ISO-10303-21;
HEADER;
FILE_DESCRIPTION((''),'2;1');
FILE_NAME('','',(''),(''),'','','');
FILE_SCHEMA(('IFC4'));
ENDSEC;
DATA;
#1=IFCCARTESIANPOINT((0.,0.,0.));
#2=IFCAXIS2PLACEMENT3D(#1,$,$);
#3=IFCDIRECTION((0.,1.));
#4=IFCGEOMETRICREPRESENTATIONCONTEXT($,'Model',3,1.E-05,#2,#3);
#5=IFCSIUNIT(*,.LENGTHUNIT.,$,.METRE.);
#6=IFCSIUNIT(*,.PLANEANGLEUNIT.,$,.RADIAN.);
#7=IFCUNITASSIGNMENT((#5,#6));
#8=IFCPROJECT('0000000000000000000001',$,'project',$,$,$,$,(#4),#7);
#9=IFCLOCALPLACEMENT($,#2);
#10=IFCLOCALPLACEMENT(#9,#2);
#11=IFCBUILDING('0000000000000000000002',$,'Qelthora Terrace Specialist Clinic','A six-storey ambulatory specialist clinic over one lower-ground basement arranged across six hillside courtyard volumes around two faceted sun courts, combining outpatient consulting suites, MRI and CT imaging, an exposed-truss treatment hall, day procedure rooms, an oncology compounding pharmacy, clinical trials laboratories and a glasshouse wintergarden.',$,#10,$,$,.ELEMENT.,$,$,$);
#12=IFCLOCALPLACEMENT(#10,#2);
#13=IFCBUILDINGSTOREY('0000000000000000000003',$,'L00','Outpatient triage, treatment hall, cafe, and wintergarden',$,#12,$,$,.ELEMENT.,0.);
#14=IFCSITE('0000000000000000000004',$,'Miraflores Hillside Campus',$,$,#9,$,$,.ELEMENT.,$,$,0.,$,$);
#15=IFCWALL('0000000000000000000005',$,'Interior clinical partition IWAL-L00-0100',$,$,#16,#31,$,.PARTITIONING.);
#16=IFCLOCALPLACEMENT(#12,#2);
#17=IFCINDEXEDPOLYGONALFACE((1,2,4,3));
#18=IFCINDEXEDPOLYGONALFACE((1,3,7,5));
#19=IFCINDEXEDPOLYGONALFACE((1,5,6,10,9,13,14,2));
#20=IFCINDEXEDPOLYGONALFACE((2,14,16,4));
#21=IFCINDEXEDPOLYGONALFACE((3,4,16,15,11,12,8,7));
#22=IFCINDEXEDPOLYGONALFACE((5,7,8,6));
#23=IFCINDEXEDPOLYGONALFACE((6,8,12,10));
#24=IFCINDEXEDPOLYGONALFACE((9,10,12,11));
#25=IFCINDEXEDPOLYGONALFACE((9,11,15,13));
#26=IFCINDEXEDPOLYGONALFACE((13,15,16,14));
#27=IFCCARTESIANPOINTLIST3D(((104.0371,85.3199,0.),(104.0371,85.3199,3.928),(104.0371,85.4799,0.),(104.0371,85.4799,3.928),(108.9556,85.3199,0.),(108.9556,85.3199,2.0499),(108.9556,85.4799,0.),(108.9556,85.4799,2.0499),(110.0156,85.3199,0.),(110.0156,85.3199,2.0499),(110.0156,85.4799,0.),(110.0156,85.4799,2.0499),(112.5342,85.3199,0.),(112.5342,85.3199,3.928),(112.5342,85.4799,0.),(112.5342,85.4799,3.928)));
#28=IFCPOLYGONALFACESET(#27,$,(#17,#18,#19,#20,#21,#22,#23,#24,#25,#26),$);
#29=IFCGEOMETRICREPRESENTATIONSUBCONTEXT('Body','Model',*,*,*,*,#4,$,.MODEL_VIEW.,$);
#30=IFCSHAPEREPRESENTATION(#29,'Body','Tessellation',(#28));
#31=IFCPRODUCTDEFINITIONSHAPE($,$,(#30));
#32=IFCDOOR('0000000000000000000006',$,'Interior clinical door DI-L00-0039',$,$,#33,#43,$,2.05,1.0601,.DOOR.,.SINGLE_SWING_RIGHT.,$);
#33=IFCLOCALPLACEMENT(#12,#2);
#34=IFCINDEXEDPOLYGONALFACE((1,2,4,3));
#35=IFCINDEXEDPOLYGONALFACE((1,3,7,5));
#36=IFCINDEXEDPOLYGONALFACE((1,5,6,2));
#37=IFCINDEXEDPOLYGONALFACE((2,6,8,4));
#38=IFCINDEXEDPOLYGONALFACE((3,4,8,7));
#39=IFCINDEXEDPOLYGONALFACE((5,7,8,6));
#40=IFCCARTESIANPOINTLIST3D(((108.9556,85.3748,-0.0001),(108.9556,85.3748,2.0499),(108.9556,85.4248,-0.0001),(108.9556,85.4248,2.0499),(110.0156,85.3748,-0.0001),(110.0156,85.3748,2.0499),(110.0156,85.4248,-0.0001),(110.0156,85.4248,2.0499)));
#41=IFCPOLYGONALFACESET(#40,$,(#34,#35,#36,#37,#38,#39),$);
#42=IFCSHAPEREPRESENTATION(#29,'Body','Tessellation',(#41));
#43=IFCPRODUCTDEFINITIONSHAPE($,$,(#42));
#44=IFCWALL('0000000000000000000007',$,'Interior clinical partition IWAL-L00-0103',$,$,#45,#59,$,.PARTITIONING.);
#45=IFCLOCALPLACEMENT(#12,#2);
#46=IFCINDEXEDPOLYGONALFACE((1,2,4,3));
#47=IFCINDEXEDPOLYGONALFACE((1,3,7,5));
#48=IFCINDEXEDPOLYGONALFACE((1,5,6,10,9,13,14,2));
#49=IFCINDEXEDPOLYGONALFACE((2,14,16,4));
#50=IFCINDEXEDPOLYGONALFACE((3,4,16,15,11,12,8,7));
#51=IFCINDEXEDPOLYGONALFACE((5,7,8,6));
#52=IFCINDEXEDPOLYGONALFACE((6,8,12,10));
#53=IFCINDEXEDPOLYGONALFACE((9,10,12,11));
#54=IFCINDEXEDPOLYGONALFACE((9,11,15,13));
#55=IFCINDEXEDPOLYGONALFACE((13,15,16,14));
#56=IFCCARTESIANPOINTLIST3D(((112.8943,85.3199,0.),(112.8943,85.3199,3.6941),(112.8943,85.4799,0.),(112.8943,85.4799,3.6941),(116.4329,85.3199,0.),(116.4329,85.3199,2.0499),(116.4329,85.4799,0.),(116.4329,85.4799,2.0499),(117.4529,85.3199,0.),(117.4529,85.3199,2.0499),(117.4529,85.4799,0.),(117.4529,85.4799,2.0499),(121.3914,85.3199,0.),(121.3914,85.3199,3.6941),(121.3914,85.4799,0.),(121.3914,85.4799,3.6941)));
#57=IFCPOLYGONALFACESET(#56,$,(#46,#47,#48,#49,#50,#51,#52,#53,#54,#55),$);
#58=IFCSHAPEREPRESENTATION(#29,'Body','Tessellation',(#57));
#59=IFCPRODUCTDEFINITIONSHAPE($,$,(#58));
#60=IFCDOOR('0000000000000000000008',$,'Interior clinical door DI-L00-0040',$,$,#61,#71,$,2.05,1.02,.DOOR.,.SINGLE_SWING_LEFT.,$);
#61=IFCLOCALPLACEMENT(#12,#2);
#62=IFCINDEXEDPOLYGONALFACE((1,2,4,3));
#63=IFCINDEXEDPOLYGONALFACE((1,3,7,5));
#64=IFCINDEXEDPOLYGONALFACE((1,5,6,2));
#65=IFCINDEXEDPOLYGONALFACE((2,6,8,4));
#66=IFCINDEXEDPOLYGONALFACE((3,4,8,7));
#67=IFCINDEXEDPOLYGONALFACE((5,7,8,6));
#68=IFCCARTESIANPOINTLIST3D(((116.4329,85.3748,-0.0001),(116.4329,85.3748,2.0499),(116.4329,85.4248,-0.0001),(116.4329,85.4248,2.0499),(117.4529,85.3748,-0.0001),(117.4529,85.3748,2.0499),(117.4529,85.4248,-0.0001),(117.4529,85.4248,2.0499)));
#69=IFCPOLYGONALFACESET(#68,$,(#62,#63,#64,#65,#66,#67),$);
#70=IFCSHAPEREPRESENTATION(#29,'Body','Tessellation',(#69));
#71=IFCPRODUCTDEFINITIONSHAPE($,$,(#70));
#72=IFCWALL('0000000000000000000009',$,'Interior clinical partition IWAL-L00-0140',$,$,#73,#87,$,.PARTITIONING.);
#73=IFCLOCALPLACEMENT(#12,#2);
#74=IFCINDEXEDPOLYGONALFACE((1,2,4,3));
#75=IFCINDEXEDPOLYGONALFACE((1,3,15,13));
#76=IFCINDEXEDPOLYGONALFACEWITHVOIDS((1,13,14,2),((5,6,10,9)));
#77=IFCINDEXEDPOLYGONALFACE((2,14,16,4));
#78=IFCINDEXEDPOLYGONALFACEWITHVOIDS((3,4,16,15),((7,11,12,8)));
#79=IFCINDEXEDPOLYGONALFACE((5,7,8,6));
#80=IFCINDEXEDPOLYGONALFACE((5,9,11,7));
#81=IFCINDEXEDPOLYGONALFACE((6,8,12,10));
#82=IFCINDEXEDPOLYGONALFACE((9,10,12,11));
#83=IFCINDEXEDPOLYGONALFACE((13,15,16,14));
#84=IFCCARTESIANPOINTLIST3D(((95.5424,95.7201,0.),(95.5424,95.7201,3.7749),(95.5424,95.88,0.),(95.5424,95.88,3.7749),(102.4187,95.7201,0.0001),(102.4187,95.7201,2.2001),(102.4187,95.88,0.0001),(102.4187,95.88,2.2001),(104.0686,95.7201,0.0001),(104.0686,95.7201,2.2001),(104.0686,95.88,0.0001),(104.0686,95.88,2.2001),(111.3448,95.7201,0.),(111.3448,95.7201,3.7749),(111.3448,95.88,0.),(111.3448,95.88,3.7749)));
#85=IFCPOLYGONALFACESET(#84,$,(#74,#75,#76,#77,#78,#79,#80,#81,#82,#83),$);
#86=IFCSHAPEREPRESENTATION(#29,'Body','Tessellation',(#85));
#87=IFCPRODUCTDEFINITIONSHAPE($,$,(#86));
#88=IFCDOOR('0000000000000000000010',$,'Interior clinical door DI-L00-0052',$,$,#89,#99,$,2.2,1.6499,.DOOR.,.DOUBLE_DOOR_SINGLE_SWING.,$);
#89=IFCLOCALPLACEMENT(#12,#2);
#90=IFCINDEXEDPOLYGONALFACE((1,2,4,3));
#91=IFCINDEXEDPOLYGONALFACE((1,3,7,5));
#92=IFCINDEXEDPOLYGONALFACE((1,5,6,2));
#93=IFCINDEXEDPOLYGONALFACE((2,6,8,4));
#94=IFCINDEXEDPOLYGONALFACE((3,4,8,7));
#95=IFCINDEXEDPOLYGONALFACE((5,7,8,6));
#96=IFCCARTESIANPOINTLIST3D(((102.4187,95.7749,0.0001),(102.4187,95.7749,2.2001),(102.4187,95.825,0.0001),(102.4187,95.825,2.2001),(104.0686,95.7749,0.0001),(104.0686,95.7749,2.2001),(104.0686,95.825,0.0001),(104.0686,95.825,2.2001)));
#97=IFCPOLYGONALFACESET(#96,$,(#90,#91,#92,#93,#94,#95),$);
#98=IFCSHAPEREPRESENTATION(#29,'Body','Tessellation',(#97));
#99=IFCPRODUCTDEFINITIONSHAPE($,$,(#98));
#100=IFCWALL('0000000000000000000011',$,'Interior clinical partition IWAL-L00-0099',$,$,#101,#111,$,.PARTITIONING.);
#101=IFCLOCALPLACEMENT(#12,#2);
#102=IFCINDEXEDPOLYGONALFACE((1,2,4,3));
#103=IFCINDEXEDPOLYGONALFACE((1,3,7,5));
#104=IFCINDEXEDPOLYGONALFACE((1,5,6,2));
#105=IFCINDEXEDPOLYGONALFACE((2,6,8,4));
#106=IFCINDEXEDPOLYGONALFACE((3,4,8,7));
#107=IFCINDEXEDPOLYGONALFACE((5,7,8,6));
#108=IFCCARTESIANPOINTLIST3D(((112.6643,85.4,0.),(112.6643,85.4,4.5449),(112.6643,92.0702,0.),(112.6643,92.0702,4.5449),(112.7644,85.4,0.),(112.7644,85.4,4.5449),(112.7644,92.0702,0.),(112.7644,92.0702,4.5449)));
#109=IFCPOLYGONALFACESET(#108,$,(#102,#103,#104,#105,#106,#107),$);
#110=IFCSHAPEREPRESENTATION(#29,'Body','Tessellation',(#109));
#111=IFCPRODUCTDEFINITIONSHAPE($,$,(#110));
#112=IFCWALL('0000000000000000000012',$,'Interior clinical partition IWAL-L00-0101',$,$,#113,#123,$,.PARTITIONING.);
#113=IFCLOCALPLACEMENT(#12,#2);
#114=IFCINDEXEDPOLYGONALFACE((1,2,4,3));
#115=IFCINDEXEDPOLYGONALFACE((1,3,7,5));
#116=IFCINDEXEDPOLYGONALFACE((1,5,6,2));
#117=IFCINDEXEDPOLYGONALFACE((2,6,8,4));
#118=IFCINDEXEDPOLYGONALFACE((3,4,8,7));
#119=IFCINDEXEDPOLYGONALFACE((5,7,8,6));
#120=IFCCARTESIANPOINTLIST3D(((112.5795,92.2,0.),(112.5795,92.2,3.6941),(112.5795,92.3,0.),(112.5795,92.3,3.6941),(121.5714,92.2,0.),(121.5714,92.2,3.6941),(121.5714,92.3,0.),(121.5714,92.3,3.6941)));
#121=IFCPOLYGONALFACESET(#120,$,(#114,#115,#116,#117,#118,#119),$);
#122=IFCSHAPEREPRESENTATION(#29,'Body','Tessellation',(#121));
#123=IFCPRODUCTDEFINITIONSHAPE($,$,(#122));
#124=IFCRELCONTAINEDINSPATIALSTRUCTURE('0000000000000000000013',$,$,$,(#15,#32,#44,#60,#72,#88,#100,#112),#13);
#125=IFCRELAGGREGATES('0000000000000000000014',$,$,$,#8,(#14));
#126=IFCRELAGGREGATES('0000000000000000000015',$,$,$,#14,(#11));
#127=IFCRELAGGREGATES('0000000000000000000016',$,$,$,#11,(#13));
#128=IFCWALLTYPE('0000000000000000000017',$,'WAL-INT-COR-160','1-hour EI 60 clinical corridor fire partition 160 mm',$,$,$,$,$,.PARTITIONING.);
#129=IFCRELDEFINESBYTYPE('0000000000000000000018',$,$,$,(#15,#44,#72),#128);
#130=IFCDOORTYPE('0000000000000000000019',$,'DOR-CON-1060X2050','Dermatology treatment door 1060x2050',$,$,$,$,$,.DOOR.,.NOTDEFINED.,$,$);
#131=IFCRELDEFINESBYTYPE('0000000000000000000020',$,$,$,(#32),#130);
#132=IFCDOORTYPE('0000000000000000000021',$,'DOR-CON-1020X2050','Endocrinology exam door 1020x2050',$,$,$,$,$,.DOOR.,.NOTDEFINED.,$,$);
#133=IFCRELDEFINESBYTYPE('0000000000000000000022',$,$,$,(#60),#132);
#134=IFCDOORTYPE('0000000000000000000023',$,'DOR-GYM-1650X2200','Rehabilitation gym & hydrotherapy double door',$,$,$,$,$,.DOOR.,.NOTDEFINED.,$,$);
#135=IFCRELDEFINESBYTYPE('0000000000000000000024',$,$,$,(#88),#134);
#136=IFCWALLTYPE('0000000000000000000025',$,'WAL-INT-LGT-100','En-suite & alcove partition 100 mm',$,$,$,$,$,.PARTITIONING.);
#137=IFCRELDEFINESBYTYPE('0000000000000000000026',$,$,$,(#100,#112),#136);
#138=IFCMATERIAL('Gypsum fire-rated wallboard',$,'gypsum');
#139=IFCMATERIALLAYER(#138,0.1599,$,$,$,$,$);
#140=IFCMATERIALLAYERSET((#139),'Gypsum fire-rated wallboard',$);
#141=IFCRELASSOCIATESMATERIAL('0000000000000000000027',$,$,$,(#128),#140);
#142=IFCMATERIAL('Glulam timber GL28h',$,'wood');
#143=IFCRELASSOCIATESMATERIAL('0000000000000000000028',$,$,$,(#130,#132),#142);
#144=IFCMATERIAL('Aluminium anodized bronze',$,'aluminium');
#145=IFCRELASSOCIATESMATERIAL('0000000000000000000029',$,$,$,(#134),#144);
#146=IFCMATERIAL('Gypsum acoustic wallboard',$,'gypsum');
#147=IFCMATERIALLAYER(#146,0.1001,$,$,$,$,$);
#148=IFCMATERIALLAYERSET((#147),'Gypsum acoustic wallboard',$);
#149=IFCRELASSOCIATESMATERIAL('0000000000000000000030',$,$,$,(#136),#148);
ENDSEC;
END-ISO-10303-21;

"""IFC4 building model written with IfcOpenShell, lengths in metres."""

from ifc_helpers import new_model, si_unit, direction, frame, frame_2d, origin, place, context, subcontext, project, spatial, rectangle, extrude, material, layer, layer_set, type_object, element, fill, save


model = new_model("IFC4")

# Units and contexts
model_context = context("Model", 3, precision=1e-05, world=origin(), true_north=direction((0.0, 1.0)))
body_context = subcontext(model_context, "Body", "Model", "MODEL_VIEW")
ifc_project = project(units=[si_unit("LENGTHUNIT", "METRE"), si_unit("PLANEANGLEUNIT", "RADIAN")], contexts=[model_context])

# Site, building, storey
site_placement = place(None, origin())
site = spatial("IfcSite", under=ifc_project, at=site_placement, Name="Miraflores Hillside Campus", CompositionType="ELEMENT", RefElevation=0.0)
building_placement = place(site_placement, origin())
building = spatial("IfcBuilding", under=site, at=building_placement, Name="Qelthora Terrace Specialist Clinic", Description="A six-storey ambulatory specialist clinic over one lower-ground basement arranged across six hillside courtyard volumes around two faceted sun courts, combining outpatient consulting suites, MRI and CT imaging, an exposed-truss treatment hall, day procedure rooms, an oncology compounding pharmacy, clinical trials laboratories and a glasshouse wintergarden.", CompositionType="ELEMENT")
storey_placement = place(building_placement, origin())
storey = spatial("IfcBuildingStorey", under=building, at=storey_placement, Name="L00", Description="Outpatient triage, treatment hall, cafe, and wintergarden", CompositionType="ELEMENT", Elevation=0.0)

# Shared definitions
ifc_material_1 = material(Name="Gypsum acoustic wallboard", Category="gypsum")

# Walls, openings, doors
ifc_material_2 = material(Name="Gypsum fire-rated wallboard", Category="gypsum")
ifc_layer_1 = layer(ifc_material_2, 0.1599)
ifc_layer_set_1 = layer_set([ifc_layer_1], Name="Gypsum fire-rated wallboard")
wall_type_1 = type_object("IfcWallType", Name="WAL-INT-COR-160", Description="1-hour EI 60 clinical corridor fire partition 160 mm", PredefinedType="PARTITIONING", material=ifc_layer_set_1)
wall_1_placement = place(storey_placement, frame((112.5342, 85.3999, 0.0), z_axis=(0.0, 0.0, 1.0), x_axis=(-1.0, 0.0, 0.0)))
wall_1 = element("IfcWall", 1, at=wall_1_placement, inside=storey, type_object=wall_type_1, Name="Interior clinical partition IWAL-L00-0100", PredefinedType="PARTITIONING", context=body_context, shape_type="SweptSolid", body=[
    extrude(rectangle(XDim=8.4971, YDim=0.1599, at=frame_2d((4.2485, 0.0))), origin(), (0.0, 0.0, 1.0), 3.928),
])
opening_1_placement = place(wall_1_placement, frame((2.5186, 0.0, 0.0)))
opening_1 = element("IfcOpeningElement", 2, at=opening_1_placement, cuts=wall_1, PredefinedType="OPENING", context=body_context, shape_type="SweptSolid", body=[
    extrude(rectangle(XDim=1.0601, YDim=2.05, at=frame_2d((0.53, 1.0249))), frame((0.0, 0.0898, 0.0), z_axis=(0.0, -1.0, 0.0), x_axis=(1.0, 0.0, 0.0)), (0.0, 0.0, 1.0), 0.1799),
])
ifc_material_3 = material(Name="Glulam timber GL28h", Category="wood")
door_type_1 = type_object("IfcDoorType", Name="DOR-CON-1060X2050", Description="Dermatology treatment door 1060x2050", OperationType="NOTDEFINED", PredefinedType="DOOR", material=ifc_material_3)
door_1_placement = place(opening_1_placement, frame((1.0601, 0.0, 0.0), z_axis=(0.0, 0.0, 1.0), x_axis=(-1.0, 0.0, 0.0)))
door_1 = element("IfcDoor", 3, at=door_1_placement, inside=storey, type_object=door_type_1, Name="Interior clinical door DI-L00-0039", OperationType="SINGLE_SWING_RIGHT", OverallHeight=2.05, OverallWidth=1.0601, PredefinedType="DOOR", context=body_context, shape_type="SweptSolid", body=[
    extrude(rectangle(XDim=1.0601, YDim=2.05, at=frame_2d((0.53, 1.0249))), frame((0.0, 0.0249, 0.0), z_axis=(0.0, -1.0, 0.0), x_axis=(1.0, 0.0, 0.0)), (0.0, 0.0, 1.0), 0.05),
])
fill(opening_1, door_1)
wall_2_placement = place(storey_placement, frame((121.3914, 85.3999, 0.0), z_axis=(0.0, 0.0, 1.0), x_axis=(-1.0, 0.0, 0.0)))
wall_2 = element("IfcWall", 4, at=wall_2_placement, inside=storey, type_object=wall_type_1, Name="Interior clinical partition IWAL-L00-0103", PredefinedType="PARTITIONING", context=body_context, shape_type="SweptSolid", body=[
    extrude(rectangle(XDim=8.4971, YDim=0.1599, at=frame_2d((4.2485, 0.0))), origin(), (0.0, 0.0, 1.0), 3.6941),
])
opening_2_placement = place(wall_2_placement, frame((3.9385, 0.0, 0.0)))
opening_2 = element("IfcOpeningElement", 5, at=opening_2_placement, cuts=wall_2, PredefinedType="OPENING", context=body_context, shape_type="SweptSolid", body=[
    extrude(rectangle(XDim=1.02, YDim=2.05, at=frame_2d((0.51, 1.0249))), frame((0.0, 0.0898, 0.0), z_axis=(0.0, -1.0, 0.0), x_axis=(1.0, 0.0, 0.0)), (0.0, 0.0, 1.0), 0.1799),
])
door_type_2 = type_object("IfcDoorType", Name="DOR-CON-1020X2050", Description="Endocrinology exam door 1020x2050", OperationType="NOTDEFINED", PredefinedType="DOOR", material=ifc_material_3)
door_2_placement = place(opening_2_placement, frame((1.02, 0.0, 0.0), z_axis=(0.0, 0.0, 1.0), x_axis=(-1.0, 0.0, 0.0)))
door_2 = element("IfcDoor", 6, at=door_2_placement, inside=storey, type_object=door_type_2, Name="Interior clinical door DI-L00-0040", OperationType="SINGLE_SWING_LEFT", OverallHeight=2.05, OverallWidth=1.02, PredefinedType="DOOR", context=body_context, shape_type="SweptSolid", body=[
    extrude(rectangle(XDim=1.02, YDim=2.05, at=frame_2d((0.51, 1.0249))), frame((0.0, 0.0249, 0.0), z_axis=(0.0, -1.0, 0.0), x_axis=(1.0, 0.0, 0.0)), (0.0, 0.0, 1.0), 0.05),
])
fill(opening_2, door_2)
wall_3_placement = place(storey_placement, frame((111.345, 95.8, 0.0), z_axis=(0.0, 0.0, 1.0), x_axis=(-1.0, 0.0, 0.0)))
wall_3 = element("IfcWall", 7, at=wall_3_placement, inside=storey, type_object=wall_type_1, Name="Interior clinical partition IWAL-L00-0140", PredefinedType="PARTITIONING", context=body_context, shape_type="SweptSolid", body=[
    extrude(rectangle(XDim=15.8025, YDim=0.1599, at=frame_2d((7.9014, 0.0))), origin(), (0.0, 0.0, 1.0), 3.7749),
])
opening_3_placement = place(wall_3_placement, frame((7.2764, 0.0, 0.0)))
opening_3 = element("IfcOpeningElement", 8, at=opening_3_placement, cuts=wall_3, PredefinedType="OPENING", context=body_context, shape_type="SweptSolid", body=[
    extrude(rectangle(XDim=1.6499, YDim=2.2, at=frame_2d((0.825, 1.1001))), frame((0.0, 0.0898, 0.0), z_axis=(0.0, -1.0, 0.0), x_axis=(1.0, 0.0, 0.0)), (0.0, 0.0, 1.0), 0.1799),
])
ifc_material_4 = material(Name="Aluminium anodized bronze", Category="aluminium")
door_type_3 = type_object("IfcDoorType", Name="DOR-GYM-1650X2200", Description="Rehabilitation gym & hydrotherapy double door", OperationType="NOTDEFINED", PredefinedType="DOOR", material=ifc_material_4)
door_3_placement = place(opening_3_placement, frame((1.6499, 0.0, 0.0), z_axis=(0.0, 0.0, 1.0), x_axis=(-1.0, 0.0, 0.0)))
door_3 = element("IfcDoor", 9, at=door_3_placement, inside=storey, type_object=door_type_3, Name="Interior clinical door DI-L00-0052", OperationType="DOUBLE_DOOR_SINGLE_SWING", OverallHeight=2.2, OverallWidth=1.6499, PredefinedType="DOOR", context=body_context, shape_type="SweptSolid", body=[
    extrude(rectangle(XDim=1.6499, YDim=2.2, at=frame_2d((0.825, 1.1001))), frame((0.0, 0.0249, 0.0), z_axis=(0.0, -1.0, 0.0), x_axis=(1.0, 0.0, 0.0)), (0.0, 0.0, 1.0), 0.05),
])
fill(opening_3, door_3)

# Walls
ifc_layer_2 = layer(ifc_material_1, 0.1001)
ifc_layer_set_2 = layer_set([ifc_layer_2], Name="Gypsum acoustic wallboard")
wall_type_2 = type_object("IfcWallType", Name="WAL-INT-LGT-100", Description="En-suite & alcove partition 100 mm", PredefinedType="PARTITIONING", material=ifc_layer_set_2)
wall_4_placement = place(storey_placement, frame((112.7144, 92.0701, 0.0), z_axis=(0.0, 0.0, 1.0), x_axis=(0.0, -1.0, 0.0)))
element("IfcWall", 10, at=wall_4_placement, inside=storey, type_object=wall_type_2, Name="Interior clinical partition IWAL-L00-0099", PredefinedType="PARTITIONING", context=body_context, shape_type="SweptSolid", body=[
    extrude(rectangle(XDim=6.6702, YDim=0.1001, at=frame_2d((3.335, 0.0))), origin(), (0.0, 0.0, 1.0), 4.5449),
])
wall_5_placement = place(storey_placement, frame((112.5793, 92.25, 0.0), z_axis=(0.0, 0.0, 1.0), x_axis=(1.0, 0.0, 0.0)))
element("IfcWall", 11, at=wall_5_placement, inside=storey, type_object=wall_type_2, Name="Interior clinical partition IWAL-L00-0101", PredefinedType="PARTITIONING", context=body_context, shape_type="SweptSolid", body=[
    extrude(rectangle(XDim=8.9919, YDim=0.1001, at=frame_2d((4.4961, 0.0))), origin(), (0.0, 0.0, 1.0), 3.6941),
])

save(model, "model.ifc")
